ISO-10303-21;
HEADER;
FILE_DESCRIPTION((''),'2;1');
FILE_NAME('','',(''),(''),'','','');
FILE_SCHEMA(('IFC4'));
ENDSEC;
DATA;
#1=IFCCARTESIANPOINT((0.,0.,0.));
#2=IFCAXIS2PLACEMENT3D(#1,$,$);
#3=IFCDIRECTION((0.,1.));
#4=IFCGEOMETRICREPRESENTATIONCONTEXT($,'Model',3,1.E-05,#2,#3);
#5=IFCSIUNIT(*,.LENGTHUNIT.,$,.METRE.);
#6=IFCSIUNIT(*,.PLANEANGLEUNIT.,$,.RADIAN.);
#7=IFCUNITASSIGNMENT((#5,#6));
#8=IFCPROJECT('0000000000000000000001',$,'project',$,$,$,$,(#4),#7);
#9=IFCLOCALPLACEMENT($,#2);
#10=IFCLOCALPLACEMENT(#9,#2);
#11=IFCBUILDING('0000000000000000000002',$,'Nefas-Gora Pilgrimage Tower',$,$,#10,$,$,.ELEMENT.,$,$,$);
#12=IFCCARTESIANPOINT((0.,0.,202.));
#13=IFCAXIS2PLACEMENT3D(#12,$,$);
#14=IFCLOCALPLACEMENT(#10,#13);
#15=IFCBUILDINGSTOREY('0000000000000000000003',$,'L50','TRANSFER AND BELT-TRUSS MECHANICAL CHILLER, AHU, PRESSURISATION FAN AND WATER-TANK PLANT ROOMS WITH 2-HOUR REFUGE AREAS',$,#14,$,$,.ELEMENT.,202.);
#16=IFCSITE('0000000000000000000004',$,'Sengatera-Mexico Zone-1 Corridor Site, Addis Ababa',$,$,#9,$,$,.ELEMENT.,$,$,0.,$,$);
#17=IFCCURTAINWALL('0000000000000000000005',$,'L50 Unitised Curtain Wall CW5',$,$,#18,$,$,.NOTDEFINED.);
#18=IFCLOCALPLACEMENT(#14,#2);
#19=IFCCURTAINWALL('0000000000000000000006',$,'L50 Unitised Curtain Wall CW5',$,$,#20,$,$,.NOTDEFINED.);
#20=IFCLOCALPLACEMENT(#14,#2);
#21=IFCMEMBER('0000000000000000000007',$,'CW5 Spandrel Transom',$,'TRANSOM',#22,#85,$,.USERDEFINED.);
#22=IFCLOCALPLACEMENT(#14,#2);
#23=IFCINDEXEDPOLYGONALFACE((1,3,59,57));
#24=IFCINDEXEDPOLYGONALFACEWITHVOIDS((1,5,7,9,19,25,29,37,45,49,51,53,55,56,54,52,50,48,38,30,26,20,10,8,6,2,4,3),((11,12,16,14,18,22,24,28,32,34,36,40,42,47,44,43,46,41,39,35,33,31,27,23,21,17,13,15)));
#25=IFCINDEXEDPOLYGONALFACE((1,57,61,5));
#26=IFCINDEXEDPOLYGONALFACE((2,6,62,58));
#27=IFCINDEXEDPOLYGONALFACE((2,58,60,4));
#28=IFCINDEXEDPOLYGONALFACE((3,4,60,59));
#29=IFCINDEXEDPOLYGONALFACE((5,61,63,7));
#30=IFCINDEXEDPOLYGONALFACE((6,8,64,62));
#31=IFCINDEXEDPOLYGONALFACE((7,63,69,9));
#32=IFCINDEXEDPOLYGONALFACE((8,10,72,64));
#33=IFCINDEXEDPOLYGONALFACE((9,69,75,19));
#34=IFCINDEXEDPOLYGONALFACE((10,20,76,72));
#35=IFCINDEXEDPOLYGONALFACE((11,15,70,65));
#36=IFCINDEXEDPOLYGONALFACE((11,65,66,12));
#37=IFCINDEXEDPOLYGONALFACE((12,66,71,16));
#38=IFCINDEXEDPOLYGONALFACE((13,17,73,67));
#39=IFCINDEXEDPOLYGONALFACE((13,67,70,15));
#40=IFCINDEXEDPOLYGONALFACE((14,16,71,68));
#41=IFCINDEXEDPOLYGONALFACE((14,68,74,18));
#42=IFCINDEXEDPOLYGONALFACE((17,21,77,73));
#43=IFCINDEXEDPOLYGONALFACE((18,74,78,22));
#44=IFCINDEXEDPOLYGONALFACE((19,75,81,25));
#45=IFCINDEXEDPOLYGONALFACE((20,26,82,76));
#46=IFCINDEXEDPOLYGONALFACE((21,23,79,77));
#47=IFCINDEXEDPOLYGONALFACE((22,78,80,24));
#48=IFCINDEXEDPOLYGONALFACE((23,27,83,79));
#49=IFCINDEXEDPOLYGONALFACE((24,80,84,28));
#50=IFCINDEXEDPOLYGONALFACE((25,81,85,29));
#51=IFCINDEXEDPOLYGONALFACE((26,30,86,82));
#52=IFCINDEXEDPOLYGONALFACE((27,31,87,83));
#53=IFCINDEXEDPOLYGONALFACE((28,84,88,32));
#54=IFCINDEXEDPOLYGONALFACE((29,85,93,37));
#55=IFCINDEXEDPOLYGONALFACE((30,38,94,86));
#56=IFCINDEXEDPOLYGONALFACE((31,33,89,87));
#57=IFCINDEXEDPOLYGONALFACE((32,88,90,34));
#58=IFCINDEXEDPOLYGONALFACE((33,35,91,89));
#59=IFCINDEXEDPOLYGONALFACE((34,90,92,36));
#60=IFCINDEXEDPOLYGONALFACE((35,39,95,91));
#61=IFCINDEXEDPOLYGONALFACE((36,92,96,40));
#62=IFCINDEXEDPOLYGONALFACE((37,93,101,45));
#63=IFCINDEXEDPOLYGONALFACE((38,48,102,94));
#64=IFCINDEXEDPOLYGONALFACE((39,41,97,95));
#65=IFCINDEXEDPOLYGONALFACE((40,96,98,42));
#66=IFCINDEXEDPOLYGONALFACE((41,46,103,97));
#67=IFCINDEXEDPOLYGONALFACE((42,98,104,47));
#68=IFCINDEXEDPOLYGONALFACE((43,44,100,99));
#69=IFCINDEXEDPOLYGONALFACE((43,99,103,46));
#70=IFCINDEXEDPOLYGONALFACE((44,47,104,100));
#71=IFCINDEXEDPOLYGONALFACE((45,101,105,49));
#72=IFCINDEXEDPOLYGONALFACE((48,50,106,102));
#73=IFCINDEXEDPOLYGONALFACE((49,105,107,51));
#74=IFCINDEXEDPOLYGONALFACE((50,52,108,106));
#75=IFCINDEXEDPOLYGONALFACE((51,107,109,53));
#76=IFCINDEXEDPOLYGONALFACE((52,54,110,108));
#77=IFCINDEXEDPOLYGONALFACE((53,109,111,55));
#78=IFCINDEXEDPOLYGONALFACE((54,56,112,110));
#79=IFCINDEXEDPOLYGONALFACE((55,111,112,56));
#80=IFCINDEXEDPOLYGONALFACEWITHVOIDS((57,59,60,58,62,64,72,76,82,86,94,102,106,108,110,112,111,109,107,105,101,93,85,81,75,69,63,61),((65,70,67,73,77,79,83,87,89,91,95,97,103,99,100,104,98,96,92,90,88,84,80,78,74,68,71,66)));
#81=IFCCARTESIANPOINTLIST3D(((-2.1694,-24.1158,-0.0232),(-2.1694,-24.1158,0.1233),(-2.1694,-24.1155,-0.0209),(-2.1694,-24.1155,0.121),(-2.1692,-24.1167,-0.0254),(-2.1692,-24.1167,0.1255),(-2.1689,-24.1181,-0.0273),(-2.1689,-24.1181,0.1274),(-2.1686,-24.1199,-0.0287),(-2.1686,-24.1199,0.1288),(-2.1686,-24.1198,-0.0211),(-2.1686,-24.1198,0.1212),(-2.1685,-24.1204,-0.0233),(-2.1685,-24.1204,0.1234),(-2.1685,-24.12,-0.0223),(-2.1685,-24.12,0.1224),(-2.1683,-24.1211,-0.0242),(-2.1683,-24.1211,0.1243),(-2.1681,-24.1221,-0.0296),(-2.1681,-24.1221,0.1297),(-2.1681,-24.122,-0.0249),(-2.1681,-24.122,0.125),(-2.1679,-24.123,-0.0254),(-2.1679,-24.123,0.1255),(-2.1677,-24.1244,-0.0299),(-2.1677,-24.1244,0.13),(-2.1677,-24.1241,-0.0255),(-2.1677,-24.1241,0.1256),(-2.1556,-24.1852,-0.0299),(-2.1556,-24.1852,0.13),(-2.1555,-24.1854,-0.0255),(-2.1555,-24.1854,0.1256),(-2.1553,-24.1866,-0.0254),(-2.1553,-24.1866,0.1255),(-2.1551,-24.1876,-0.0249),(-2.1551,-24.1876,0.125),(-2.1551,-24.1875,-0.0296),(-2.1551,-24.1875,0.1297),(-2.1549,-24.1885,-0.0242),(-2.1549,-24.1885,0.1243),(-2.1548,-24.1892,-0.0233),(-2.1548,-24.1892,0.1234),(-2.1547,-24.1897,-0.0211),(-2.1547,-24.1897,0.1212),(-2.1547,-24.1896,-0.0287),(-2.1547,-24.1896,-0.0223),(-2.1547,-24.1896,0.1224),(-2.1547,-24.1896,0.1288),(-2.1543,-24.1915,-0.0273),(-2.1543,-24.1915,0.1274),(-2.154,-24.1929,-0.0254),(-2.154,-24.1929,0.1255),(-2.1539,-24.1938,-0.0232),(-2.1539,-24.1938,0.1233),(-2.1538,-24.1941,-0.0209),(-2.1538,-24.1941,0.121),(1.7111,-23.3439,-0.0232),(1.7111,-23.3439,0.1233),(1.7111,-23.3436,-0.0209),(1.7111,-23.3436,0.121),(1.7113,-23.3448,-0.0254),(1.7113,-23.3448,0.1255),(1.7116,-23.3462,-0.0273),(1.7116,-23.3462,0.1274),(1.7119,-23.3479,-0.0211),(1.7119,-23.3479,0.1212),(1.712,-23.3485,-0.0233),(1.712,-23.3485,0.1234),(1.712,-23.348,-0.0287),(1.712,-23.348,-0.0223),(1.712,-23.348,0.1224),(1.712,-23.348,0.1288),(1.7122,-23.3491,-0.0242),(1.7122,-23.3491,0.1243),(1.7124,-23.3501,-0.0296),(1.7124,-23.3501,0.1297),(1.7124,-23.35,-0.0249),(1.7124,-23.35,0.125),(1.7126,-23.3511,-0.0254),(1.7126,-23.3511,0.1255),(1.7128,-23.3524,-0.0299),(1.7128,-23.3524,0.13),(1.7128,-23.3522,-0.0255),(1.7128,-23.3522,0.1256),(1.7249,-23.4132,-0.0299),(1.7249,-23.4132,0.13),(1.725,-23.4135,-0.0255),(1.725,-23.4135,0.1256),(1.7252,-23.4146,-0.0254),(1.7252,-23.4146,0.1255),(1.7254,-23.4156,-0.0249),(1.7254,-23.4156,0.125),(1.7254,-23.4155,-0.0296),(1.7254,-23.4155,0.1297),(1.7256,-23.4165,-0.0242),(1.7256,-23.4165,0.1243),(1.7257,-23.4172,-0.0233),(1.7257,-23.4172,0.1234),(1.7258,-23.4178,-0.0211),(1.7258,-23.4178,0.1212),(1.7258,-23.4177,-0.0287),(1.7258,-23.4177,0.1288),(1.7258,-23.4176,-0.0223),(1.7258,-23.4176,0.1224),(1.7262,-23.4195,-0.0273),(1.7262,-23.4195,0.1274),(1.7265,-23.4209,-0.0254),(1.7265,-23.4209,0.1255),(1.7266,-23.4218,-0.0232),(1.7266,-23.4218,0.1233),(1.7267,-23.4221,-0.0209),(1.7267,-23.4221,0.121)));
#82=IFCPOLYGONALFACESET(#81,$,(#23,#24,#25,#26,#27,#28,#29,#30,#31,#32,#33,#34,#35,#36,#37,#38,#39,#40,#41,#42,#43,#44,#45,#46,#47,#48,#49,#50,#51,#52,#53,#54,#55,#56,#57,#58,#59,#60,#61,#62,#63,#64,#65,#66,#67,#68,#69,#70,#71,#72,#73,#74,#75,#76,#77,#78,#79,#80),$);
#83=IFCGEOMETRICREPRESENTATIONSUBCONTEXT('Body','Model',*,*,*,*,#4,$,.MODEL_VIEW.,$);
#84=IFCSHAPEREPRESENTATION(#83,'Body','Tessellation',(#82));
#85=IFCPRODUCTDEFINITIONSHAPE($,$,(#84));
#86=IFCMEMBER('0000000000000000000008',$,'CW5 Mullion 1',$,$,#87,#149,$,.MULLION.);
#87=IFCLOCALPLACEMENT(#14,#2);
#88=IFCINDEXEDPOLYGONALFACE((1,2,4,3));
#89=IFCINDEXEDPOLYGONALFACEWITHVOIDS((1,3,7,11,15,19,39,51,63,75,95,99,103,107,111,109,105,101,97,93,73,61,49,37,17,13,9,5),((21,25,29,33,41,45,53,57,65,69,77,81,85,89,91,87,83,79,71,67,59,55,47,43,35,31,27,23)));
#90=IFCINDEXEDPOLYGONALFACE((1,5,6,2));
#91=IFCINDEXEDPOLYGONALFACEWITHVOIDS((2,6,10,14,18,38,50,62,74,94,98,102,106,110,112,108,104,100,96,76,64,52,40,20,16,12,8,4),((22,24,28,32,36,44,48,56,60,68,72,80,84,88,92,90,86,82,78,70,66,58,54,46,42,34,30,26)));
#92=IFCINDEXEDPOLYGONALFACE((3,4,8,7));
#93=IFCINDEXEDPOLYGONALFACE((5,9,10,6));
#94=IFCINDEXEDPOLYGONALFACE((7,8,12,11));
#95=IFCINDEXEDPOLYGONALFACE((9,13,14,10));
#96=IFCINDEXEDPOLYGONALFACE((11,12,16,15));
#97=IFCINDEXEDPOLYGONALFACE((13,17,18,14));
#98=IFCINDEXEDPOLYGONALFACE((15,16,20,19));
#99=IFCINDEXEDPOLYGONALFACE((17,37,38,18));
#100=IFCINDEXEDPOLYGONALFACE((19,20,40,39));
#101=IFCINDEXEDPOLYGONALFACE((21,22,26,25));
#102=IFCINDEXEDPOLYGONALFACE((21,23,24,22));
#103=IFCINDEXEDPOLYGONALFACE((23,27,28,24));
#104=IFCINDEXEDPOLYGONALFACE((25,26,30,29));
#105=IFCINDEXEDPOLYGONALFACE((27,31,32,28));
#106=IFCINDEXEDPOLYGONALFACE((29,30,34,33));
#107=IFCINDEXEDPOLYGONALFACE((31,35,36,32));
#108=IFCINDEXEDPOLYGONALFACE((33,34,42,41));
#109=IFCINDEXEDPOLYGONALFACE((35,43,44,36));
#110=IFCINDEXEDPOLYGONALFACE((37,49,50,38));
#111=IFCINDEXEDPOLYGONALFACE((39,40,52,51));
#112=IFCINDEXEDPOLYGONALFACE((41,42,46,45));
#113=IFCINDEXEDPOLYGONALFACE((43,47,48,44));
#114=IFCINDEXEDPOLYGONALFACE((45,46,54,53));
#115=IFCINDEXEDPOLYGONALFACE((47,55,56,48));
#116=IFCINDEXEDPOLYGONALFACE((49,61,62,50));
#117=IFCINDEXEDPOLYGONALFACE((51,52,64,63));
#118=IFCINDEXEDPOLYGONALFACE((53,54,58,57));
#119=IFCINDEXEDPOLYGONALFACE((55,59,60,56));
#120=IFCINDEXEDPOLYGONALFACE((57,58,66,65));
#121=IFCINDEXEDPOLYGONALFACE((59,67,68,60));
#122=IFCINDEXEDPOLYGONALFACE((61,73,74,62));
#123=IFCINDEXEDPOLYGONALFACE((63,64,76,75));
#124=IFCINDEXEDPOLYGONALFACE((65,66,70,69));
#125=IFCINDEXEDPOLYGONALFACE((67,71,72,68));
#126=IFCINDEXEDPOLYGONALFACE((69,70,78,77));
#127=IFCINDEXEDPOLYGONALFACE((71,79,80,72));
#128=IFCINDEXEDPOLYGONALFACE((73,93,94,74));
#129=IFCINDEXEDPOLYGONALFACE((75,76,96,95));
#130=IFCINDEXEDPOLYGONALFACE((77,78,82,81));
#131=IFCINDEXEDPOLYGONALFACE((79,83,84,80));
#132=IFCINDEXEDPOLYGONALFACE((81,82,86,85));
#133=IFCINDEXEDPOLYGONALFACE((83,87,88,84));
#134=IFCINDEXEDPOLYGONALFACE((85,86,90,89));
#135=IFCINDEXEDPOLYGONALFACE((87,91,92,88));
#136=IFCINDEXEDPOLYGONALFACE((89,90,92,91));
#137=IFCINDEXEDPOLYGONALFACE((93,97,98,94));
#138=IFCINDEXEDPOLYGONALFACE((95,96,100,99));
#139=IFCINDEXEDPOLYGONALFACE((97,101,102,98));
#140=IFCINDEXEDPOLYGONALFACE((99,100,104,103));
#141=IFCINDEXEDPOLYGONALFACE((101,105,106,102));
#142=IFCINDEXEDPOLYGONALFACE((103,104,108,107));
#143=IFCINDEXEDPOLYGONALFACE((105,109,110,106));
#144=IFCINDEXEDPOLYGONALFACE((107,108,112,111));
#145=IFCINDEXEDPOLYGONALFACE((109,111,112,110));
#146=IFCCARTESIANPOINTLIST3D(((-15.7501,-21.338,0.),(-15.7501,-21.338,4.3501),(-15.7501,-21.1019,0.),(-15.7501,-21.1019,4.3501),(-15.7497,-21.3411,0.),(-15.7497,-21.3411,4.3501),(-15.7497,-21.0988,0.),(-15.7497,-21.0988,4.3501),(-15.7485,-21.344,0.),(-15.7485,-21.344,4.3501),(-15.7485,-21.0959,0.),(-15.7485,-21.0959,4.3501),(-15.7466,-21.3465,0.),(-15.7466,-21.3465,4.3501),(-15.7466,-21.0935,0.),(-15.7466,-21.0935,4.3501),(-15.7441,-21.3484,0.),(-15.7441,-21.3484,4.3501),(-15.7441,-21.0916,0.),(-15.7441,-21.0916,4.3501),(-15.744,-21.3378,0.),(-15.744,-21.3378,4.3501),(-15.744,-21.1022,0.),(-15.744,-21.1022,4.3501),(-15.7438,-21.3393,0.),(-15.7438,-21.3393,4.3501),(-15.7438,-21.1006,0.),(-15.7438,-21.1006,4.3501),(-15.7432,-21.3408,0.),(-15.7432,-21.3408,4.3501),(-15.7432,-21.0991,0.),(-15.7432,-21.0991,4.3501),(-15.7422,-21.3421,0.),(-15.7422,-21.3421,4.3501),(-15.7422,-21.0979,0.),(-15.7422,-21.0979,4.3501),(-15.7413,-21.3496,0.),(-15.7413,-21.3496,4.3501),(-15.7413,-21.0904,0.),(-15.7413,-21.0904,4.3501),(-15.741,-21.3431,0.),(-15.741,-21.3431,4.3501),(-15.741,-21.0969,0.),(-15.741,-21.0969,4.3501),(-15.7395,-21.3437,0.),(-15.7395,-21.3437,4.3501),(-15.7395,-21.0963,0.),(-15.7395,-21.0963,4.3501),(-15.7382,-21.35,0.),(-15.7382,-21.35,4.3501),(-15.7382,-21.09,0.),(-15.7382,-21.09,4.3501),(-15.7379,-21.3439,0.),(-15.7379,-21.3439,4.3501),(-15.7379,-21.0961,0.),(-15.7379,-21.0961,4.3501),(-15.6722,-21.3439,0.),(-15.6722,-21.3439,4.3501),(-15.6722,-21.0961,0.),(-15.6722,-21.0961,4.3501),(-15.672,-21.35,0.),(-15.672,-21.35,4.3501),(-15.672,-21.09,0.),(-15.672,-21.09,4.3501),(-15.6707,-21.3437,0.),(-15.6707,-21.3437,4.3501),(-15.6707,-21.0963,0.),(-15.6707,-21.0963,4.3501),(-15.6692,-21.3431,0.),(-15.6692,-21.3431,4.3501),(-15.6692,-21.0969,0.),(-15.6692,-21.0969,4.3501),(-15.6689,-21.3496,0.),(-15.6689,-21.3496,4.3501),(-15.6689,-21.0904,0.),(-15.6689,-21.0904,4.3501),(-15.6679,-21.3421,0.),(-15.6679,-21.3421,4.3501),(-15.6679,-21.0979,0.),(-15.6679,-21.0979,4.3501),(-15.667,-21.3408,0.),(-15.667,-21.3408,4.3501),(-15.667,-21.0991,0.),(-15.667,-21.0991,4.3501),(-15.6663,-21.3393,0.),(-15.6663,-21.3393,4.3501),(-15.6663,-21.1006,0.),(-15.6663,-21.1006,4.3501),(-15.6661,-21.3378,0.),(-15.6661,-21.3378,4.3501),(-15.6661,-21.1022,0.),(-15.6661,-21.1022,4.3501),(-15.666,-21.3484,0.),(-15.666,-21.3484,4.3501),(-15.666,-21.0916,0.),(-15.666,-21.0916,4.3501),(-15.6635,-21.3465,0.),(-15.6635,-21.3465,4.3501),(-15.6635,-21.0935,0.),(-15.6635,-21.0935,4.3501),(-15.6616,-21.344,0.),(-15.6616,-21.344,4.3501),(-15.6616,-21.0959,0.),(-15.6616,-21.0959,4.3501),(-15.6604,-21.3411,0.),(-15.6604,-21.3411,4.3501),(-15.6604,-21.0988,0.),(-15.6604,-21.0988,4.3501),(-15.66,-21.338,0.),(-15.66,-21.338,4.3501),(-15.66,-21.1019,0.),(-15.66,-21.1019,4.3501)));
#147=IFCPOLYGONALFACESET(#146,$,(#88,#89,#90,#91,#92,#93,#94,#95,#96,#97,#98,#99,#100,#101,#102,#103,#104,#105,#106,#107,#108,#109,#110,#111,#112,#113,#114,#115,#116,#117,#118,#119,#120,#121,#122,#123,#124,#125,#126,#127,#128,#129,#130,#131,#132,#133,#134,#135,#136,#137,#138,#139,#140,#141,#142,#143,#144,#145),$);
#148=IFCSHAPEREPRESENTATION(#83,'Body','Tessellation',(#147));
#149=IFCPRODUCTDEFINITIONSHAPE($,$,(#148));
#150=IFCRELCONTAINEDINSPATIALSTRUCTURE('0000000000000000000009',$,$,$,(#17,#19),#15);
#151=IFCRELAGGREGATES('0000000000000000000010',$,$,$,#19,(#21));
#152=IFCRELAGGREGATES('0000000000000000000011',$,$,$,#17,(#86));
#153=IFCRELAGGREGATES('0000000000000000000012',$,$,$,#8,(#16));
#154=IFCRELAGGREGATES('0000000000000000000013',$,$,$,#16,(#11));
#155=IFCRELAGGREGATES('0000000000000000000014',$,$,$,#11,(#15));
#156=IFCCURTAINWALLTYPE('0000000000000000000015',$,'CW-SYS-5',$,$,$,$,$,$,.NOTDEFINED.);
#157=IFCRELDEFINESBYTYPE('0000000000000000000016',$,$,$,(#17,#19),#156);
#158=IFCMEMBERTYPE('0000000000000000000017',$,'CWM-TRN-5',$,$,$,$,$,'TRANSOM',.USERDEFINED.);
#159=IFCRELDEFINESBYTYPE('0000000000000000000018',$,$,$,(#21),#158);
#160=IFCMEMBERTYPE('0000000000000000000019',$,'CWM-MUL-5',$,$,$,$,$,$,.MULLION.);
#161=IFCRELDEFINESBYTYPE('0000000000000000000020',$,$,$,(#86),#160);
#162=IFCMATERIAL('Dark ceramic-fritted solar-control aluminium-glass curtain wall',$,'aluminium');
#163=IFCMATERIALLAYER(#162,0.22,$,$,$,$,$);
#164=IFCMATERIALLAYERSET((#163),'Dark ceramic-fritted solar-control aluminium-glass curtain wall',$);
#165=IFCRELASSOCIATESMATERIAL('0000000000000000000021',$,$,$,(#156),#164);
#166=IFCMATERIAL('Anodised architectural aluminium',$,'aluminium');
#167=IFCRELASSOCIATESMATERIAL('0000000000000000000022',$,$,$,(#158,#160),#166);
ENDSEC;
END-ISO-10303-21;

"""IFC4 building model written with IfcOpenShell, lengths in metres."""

from ifc_helpers import new_model, si_unit, direction, frame, origin, origin_2d, place, context, subcontext, project, spatial, hollow_rectangle, extrude, source, transform, mapped, material, layer, layer_set, material_profile, profile_set, type_object, element, aggregate, save


model = new_model("IFC4")

# Units and contexts
model_context = context("Model", 3, precision=1e-05, world=origin(), true_north=direction((0.0, 1.0)))
body_context = subcontext(model_context, "Body", "Model", "MODEL_VIEW")
ifc_project = project(units=[si_unit("LENGTHUNIT", "METRE"), si_unit("PLANEANGLEUNIT", "RADIAN")], contexts=[model_context])

# Site, building, storey
site_placement = place(None, origin())
site = spatial("IfcSite", under=ifc_project, at=site_placement, Name="Sengatera-Mexico Zone-1 Corridor Site, Addis Ababa", CompositionType="ELEMENT", RefElevation=0.0)
building_placement = place(site_placement, origin())
building = spatial("IfcBuilding", under=site, at=building_placement, Name="Nefas-Gora Pilgrimage Tower", CompositionType="ELEMENT")
storey_placement = place(building_placement, frame((0.0, 0.0, 202.0)))
storey = spatial("IfcBuildingStorey", under=building, at=storey_placement, Name="L50", Description="TRANSFER AND BELT-TRUSS MECHANICAL CHILLER, AHU, PRESSURISATION FAN AND WATER-TANK PLANT ROOMS WITH 2-HOUR REFUGE AREAS", CompositionType="ELEMENT", Elevation=202.0)

# Curtain walls, member
ifc_material_1 = material(Name="Dark ceramic-fritted solar-control aluminium-glass curtain wall", Category="aluminium")
ifc_layer_1 = layer(ifc_material_1, 0.22)
ifc_layer_set_1 = layer_set([ifc_layer_1], Name="Dark ceramic-fritted solar-control aluminium-glass curtain wall")
curtain_wall_type = type_object("IfcCurtainWallType", Name="CW-SYS-5", PredefinedType="NOTDEFINED", material=ifc_layer_set_1)
curtain_wall_1_placement = place(storey_placement, origin())
curtain_wall_1 = element("IfcCurtainWall", 1, at=curtain_wall_1_placement, inside=storey, type_object=curtain_wall_type, Name="L50 Unitised Curtain Wall CW5", PredefinedType="NOTDEFINED")
ifc_material_2 = material(Name="Anodised architectural aluminium", Category="aluminium")
ifc_material_profile_1 = material_profile(ifc_material_2, hollow_rectangle(XDim=0.0801, YDim=0.1599, WallThickness=0.0044, InnerFilletRadius=0.0044, OuterFilletRadius=0.009, at=origin_2d()), Name="ALU TRANSOM 80x160")
ifc_profile_set_1 = profile_set([ifc_material_profile_1], Name="Anodised architectural aluminium")
member_type_1 = type_object("IfcMemberType", Name="CWM-TRN-5", ElementType="TRANSOM", PredefinedType="USERDEFINED", material=ifc_profile_set_1)
shared_shape_1 = source(origin(), body_context, "Body", "SweptSolid", [
    extrude(hollow_rectangle(XDim=0.0801, YDim=0.1599, WallThickness=0.0044, InnerFilletRadius=0.0044, OuterFilletRadius=0.009, at=origin_2d()), origin(), (0.0, 0.0, 1.0), 3.9565),
])
curtain_wall_2_placement = place(storey_placement, origin())
curtain_wall_2 = element("IfcCurtainWall", 2, at=curtain_wall_2_placement, inside=storey, type_object=curtain_wall_type, Name="L50 Unitised Curtain Wall CW5", PredefinedType="NOTDEFINED")
member_1_placement = place(storey_placement, frame((-2.1616, -24.1548, 0.05), z_axis=(0.980782, 0.195107, 0.0), x_axis=(-0.195107, 0.980782, 0.0)))
member_1 = element("IfcMember", 3, at=member_1_placement, type_object=member_type_1, Name="CW5 Spandrel Transom", ObjectType="TRANSOM", PredefinedType="USERDEFINED", context=body_context, shape_type="MappedRepresentation", body=[
    mapped(shared_shape_1, transform((0.0, 0.0, 0.0), x_axis=(1.0, 0.0, 0.0), y_axis=(0.0, 1.0, 0.0), z_axis=(0.0, 0.0, 1.0), scale=1.0)),
])

# Member
ifc_material_profile_2 = material_profile(ifc_material_2, hollow_rectangle(XDim=0.0901, YDim=0.26, WallThickness=0.0061, InnerFilletRadius=0.0061, OuterFilletRadius=0.012, at=origin_2d()), Name="ALU MULLION 90x260")
ifc_profile_set_2 = profile_set([ifc_material_profile_2], Name="Anodised architectural aluminium")
member_type_2 = type_object("IfcMemberType", Name="CWM-MUL-5", PredefinedType="MULLION", material=ifc_profile_set_2)
shared_shape_2 = source(origin(), body_context, "Body", "SweptSolid", [
    extrude(hollow_rectangle(XDim=0.0901, YDim=0.26, WallThickness=0.0061, InnerFilletRadius=0.0061, OuterFilletRadius=0.012, at=origin_2d()), origin(), (0.0, 0.0, 1.0), 4.3501),
])
member_2_placement = place(storey_placement, frame((-15.7051, -21.22, 0.0), z_axis=(0.0, 0.0, 1.0), x_axis=(1.0, 0.0, 0.0)))
member_2 = element("IfcMember", 4, at=member_2_placement, type_object=member_type_2, Name="CW5 Mullion 1", PredefinedType="MULLION", context=body_context, shape_type="MappedRepresentation", body=[
    mapped(shared_shape_2, transform((0.0, 0.0, 0.0), x_axis=(1.0, 0.0, 0.0), y_axis=(0.0, 1.0, 0.0), z_axis=(0.0, 0.0, 1.0), scale=1.0)),
])
aggregate(curtain_wall_2, [member_1])

aggregate(curtain_wall_1, [member_2])

save(model, "model.ifc")
